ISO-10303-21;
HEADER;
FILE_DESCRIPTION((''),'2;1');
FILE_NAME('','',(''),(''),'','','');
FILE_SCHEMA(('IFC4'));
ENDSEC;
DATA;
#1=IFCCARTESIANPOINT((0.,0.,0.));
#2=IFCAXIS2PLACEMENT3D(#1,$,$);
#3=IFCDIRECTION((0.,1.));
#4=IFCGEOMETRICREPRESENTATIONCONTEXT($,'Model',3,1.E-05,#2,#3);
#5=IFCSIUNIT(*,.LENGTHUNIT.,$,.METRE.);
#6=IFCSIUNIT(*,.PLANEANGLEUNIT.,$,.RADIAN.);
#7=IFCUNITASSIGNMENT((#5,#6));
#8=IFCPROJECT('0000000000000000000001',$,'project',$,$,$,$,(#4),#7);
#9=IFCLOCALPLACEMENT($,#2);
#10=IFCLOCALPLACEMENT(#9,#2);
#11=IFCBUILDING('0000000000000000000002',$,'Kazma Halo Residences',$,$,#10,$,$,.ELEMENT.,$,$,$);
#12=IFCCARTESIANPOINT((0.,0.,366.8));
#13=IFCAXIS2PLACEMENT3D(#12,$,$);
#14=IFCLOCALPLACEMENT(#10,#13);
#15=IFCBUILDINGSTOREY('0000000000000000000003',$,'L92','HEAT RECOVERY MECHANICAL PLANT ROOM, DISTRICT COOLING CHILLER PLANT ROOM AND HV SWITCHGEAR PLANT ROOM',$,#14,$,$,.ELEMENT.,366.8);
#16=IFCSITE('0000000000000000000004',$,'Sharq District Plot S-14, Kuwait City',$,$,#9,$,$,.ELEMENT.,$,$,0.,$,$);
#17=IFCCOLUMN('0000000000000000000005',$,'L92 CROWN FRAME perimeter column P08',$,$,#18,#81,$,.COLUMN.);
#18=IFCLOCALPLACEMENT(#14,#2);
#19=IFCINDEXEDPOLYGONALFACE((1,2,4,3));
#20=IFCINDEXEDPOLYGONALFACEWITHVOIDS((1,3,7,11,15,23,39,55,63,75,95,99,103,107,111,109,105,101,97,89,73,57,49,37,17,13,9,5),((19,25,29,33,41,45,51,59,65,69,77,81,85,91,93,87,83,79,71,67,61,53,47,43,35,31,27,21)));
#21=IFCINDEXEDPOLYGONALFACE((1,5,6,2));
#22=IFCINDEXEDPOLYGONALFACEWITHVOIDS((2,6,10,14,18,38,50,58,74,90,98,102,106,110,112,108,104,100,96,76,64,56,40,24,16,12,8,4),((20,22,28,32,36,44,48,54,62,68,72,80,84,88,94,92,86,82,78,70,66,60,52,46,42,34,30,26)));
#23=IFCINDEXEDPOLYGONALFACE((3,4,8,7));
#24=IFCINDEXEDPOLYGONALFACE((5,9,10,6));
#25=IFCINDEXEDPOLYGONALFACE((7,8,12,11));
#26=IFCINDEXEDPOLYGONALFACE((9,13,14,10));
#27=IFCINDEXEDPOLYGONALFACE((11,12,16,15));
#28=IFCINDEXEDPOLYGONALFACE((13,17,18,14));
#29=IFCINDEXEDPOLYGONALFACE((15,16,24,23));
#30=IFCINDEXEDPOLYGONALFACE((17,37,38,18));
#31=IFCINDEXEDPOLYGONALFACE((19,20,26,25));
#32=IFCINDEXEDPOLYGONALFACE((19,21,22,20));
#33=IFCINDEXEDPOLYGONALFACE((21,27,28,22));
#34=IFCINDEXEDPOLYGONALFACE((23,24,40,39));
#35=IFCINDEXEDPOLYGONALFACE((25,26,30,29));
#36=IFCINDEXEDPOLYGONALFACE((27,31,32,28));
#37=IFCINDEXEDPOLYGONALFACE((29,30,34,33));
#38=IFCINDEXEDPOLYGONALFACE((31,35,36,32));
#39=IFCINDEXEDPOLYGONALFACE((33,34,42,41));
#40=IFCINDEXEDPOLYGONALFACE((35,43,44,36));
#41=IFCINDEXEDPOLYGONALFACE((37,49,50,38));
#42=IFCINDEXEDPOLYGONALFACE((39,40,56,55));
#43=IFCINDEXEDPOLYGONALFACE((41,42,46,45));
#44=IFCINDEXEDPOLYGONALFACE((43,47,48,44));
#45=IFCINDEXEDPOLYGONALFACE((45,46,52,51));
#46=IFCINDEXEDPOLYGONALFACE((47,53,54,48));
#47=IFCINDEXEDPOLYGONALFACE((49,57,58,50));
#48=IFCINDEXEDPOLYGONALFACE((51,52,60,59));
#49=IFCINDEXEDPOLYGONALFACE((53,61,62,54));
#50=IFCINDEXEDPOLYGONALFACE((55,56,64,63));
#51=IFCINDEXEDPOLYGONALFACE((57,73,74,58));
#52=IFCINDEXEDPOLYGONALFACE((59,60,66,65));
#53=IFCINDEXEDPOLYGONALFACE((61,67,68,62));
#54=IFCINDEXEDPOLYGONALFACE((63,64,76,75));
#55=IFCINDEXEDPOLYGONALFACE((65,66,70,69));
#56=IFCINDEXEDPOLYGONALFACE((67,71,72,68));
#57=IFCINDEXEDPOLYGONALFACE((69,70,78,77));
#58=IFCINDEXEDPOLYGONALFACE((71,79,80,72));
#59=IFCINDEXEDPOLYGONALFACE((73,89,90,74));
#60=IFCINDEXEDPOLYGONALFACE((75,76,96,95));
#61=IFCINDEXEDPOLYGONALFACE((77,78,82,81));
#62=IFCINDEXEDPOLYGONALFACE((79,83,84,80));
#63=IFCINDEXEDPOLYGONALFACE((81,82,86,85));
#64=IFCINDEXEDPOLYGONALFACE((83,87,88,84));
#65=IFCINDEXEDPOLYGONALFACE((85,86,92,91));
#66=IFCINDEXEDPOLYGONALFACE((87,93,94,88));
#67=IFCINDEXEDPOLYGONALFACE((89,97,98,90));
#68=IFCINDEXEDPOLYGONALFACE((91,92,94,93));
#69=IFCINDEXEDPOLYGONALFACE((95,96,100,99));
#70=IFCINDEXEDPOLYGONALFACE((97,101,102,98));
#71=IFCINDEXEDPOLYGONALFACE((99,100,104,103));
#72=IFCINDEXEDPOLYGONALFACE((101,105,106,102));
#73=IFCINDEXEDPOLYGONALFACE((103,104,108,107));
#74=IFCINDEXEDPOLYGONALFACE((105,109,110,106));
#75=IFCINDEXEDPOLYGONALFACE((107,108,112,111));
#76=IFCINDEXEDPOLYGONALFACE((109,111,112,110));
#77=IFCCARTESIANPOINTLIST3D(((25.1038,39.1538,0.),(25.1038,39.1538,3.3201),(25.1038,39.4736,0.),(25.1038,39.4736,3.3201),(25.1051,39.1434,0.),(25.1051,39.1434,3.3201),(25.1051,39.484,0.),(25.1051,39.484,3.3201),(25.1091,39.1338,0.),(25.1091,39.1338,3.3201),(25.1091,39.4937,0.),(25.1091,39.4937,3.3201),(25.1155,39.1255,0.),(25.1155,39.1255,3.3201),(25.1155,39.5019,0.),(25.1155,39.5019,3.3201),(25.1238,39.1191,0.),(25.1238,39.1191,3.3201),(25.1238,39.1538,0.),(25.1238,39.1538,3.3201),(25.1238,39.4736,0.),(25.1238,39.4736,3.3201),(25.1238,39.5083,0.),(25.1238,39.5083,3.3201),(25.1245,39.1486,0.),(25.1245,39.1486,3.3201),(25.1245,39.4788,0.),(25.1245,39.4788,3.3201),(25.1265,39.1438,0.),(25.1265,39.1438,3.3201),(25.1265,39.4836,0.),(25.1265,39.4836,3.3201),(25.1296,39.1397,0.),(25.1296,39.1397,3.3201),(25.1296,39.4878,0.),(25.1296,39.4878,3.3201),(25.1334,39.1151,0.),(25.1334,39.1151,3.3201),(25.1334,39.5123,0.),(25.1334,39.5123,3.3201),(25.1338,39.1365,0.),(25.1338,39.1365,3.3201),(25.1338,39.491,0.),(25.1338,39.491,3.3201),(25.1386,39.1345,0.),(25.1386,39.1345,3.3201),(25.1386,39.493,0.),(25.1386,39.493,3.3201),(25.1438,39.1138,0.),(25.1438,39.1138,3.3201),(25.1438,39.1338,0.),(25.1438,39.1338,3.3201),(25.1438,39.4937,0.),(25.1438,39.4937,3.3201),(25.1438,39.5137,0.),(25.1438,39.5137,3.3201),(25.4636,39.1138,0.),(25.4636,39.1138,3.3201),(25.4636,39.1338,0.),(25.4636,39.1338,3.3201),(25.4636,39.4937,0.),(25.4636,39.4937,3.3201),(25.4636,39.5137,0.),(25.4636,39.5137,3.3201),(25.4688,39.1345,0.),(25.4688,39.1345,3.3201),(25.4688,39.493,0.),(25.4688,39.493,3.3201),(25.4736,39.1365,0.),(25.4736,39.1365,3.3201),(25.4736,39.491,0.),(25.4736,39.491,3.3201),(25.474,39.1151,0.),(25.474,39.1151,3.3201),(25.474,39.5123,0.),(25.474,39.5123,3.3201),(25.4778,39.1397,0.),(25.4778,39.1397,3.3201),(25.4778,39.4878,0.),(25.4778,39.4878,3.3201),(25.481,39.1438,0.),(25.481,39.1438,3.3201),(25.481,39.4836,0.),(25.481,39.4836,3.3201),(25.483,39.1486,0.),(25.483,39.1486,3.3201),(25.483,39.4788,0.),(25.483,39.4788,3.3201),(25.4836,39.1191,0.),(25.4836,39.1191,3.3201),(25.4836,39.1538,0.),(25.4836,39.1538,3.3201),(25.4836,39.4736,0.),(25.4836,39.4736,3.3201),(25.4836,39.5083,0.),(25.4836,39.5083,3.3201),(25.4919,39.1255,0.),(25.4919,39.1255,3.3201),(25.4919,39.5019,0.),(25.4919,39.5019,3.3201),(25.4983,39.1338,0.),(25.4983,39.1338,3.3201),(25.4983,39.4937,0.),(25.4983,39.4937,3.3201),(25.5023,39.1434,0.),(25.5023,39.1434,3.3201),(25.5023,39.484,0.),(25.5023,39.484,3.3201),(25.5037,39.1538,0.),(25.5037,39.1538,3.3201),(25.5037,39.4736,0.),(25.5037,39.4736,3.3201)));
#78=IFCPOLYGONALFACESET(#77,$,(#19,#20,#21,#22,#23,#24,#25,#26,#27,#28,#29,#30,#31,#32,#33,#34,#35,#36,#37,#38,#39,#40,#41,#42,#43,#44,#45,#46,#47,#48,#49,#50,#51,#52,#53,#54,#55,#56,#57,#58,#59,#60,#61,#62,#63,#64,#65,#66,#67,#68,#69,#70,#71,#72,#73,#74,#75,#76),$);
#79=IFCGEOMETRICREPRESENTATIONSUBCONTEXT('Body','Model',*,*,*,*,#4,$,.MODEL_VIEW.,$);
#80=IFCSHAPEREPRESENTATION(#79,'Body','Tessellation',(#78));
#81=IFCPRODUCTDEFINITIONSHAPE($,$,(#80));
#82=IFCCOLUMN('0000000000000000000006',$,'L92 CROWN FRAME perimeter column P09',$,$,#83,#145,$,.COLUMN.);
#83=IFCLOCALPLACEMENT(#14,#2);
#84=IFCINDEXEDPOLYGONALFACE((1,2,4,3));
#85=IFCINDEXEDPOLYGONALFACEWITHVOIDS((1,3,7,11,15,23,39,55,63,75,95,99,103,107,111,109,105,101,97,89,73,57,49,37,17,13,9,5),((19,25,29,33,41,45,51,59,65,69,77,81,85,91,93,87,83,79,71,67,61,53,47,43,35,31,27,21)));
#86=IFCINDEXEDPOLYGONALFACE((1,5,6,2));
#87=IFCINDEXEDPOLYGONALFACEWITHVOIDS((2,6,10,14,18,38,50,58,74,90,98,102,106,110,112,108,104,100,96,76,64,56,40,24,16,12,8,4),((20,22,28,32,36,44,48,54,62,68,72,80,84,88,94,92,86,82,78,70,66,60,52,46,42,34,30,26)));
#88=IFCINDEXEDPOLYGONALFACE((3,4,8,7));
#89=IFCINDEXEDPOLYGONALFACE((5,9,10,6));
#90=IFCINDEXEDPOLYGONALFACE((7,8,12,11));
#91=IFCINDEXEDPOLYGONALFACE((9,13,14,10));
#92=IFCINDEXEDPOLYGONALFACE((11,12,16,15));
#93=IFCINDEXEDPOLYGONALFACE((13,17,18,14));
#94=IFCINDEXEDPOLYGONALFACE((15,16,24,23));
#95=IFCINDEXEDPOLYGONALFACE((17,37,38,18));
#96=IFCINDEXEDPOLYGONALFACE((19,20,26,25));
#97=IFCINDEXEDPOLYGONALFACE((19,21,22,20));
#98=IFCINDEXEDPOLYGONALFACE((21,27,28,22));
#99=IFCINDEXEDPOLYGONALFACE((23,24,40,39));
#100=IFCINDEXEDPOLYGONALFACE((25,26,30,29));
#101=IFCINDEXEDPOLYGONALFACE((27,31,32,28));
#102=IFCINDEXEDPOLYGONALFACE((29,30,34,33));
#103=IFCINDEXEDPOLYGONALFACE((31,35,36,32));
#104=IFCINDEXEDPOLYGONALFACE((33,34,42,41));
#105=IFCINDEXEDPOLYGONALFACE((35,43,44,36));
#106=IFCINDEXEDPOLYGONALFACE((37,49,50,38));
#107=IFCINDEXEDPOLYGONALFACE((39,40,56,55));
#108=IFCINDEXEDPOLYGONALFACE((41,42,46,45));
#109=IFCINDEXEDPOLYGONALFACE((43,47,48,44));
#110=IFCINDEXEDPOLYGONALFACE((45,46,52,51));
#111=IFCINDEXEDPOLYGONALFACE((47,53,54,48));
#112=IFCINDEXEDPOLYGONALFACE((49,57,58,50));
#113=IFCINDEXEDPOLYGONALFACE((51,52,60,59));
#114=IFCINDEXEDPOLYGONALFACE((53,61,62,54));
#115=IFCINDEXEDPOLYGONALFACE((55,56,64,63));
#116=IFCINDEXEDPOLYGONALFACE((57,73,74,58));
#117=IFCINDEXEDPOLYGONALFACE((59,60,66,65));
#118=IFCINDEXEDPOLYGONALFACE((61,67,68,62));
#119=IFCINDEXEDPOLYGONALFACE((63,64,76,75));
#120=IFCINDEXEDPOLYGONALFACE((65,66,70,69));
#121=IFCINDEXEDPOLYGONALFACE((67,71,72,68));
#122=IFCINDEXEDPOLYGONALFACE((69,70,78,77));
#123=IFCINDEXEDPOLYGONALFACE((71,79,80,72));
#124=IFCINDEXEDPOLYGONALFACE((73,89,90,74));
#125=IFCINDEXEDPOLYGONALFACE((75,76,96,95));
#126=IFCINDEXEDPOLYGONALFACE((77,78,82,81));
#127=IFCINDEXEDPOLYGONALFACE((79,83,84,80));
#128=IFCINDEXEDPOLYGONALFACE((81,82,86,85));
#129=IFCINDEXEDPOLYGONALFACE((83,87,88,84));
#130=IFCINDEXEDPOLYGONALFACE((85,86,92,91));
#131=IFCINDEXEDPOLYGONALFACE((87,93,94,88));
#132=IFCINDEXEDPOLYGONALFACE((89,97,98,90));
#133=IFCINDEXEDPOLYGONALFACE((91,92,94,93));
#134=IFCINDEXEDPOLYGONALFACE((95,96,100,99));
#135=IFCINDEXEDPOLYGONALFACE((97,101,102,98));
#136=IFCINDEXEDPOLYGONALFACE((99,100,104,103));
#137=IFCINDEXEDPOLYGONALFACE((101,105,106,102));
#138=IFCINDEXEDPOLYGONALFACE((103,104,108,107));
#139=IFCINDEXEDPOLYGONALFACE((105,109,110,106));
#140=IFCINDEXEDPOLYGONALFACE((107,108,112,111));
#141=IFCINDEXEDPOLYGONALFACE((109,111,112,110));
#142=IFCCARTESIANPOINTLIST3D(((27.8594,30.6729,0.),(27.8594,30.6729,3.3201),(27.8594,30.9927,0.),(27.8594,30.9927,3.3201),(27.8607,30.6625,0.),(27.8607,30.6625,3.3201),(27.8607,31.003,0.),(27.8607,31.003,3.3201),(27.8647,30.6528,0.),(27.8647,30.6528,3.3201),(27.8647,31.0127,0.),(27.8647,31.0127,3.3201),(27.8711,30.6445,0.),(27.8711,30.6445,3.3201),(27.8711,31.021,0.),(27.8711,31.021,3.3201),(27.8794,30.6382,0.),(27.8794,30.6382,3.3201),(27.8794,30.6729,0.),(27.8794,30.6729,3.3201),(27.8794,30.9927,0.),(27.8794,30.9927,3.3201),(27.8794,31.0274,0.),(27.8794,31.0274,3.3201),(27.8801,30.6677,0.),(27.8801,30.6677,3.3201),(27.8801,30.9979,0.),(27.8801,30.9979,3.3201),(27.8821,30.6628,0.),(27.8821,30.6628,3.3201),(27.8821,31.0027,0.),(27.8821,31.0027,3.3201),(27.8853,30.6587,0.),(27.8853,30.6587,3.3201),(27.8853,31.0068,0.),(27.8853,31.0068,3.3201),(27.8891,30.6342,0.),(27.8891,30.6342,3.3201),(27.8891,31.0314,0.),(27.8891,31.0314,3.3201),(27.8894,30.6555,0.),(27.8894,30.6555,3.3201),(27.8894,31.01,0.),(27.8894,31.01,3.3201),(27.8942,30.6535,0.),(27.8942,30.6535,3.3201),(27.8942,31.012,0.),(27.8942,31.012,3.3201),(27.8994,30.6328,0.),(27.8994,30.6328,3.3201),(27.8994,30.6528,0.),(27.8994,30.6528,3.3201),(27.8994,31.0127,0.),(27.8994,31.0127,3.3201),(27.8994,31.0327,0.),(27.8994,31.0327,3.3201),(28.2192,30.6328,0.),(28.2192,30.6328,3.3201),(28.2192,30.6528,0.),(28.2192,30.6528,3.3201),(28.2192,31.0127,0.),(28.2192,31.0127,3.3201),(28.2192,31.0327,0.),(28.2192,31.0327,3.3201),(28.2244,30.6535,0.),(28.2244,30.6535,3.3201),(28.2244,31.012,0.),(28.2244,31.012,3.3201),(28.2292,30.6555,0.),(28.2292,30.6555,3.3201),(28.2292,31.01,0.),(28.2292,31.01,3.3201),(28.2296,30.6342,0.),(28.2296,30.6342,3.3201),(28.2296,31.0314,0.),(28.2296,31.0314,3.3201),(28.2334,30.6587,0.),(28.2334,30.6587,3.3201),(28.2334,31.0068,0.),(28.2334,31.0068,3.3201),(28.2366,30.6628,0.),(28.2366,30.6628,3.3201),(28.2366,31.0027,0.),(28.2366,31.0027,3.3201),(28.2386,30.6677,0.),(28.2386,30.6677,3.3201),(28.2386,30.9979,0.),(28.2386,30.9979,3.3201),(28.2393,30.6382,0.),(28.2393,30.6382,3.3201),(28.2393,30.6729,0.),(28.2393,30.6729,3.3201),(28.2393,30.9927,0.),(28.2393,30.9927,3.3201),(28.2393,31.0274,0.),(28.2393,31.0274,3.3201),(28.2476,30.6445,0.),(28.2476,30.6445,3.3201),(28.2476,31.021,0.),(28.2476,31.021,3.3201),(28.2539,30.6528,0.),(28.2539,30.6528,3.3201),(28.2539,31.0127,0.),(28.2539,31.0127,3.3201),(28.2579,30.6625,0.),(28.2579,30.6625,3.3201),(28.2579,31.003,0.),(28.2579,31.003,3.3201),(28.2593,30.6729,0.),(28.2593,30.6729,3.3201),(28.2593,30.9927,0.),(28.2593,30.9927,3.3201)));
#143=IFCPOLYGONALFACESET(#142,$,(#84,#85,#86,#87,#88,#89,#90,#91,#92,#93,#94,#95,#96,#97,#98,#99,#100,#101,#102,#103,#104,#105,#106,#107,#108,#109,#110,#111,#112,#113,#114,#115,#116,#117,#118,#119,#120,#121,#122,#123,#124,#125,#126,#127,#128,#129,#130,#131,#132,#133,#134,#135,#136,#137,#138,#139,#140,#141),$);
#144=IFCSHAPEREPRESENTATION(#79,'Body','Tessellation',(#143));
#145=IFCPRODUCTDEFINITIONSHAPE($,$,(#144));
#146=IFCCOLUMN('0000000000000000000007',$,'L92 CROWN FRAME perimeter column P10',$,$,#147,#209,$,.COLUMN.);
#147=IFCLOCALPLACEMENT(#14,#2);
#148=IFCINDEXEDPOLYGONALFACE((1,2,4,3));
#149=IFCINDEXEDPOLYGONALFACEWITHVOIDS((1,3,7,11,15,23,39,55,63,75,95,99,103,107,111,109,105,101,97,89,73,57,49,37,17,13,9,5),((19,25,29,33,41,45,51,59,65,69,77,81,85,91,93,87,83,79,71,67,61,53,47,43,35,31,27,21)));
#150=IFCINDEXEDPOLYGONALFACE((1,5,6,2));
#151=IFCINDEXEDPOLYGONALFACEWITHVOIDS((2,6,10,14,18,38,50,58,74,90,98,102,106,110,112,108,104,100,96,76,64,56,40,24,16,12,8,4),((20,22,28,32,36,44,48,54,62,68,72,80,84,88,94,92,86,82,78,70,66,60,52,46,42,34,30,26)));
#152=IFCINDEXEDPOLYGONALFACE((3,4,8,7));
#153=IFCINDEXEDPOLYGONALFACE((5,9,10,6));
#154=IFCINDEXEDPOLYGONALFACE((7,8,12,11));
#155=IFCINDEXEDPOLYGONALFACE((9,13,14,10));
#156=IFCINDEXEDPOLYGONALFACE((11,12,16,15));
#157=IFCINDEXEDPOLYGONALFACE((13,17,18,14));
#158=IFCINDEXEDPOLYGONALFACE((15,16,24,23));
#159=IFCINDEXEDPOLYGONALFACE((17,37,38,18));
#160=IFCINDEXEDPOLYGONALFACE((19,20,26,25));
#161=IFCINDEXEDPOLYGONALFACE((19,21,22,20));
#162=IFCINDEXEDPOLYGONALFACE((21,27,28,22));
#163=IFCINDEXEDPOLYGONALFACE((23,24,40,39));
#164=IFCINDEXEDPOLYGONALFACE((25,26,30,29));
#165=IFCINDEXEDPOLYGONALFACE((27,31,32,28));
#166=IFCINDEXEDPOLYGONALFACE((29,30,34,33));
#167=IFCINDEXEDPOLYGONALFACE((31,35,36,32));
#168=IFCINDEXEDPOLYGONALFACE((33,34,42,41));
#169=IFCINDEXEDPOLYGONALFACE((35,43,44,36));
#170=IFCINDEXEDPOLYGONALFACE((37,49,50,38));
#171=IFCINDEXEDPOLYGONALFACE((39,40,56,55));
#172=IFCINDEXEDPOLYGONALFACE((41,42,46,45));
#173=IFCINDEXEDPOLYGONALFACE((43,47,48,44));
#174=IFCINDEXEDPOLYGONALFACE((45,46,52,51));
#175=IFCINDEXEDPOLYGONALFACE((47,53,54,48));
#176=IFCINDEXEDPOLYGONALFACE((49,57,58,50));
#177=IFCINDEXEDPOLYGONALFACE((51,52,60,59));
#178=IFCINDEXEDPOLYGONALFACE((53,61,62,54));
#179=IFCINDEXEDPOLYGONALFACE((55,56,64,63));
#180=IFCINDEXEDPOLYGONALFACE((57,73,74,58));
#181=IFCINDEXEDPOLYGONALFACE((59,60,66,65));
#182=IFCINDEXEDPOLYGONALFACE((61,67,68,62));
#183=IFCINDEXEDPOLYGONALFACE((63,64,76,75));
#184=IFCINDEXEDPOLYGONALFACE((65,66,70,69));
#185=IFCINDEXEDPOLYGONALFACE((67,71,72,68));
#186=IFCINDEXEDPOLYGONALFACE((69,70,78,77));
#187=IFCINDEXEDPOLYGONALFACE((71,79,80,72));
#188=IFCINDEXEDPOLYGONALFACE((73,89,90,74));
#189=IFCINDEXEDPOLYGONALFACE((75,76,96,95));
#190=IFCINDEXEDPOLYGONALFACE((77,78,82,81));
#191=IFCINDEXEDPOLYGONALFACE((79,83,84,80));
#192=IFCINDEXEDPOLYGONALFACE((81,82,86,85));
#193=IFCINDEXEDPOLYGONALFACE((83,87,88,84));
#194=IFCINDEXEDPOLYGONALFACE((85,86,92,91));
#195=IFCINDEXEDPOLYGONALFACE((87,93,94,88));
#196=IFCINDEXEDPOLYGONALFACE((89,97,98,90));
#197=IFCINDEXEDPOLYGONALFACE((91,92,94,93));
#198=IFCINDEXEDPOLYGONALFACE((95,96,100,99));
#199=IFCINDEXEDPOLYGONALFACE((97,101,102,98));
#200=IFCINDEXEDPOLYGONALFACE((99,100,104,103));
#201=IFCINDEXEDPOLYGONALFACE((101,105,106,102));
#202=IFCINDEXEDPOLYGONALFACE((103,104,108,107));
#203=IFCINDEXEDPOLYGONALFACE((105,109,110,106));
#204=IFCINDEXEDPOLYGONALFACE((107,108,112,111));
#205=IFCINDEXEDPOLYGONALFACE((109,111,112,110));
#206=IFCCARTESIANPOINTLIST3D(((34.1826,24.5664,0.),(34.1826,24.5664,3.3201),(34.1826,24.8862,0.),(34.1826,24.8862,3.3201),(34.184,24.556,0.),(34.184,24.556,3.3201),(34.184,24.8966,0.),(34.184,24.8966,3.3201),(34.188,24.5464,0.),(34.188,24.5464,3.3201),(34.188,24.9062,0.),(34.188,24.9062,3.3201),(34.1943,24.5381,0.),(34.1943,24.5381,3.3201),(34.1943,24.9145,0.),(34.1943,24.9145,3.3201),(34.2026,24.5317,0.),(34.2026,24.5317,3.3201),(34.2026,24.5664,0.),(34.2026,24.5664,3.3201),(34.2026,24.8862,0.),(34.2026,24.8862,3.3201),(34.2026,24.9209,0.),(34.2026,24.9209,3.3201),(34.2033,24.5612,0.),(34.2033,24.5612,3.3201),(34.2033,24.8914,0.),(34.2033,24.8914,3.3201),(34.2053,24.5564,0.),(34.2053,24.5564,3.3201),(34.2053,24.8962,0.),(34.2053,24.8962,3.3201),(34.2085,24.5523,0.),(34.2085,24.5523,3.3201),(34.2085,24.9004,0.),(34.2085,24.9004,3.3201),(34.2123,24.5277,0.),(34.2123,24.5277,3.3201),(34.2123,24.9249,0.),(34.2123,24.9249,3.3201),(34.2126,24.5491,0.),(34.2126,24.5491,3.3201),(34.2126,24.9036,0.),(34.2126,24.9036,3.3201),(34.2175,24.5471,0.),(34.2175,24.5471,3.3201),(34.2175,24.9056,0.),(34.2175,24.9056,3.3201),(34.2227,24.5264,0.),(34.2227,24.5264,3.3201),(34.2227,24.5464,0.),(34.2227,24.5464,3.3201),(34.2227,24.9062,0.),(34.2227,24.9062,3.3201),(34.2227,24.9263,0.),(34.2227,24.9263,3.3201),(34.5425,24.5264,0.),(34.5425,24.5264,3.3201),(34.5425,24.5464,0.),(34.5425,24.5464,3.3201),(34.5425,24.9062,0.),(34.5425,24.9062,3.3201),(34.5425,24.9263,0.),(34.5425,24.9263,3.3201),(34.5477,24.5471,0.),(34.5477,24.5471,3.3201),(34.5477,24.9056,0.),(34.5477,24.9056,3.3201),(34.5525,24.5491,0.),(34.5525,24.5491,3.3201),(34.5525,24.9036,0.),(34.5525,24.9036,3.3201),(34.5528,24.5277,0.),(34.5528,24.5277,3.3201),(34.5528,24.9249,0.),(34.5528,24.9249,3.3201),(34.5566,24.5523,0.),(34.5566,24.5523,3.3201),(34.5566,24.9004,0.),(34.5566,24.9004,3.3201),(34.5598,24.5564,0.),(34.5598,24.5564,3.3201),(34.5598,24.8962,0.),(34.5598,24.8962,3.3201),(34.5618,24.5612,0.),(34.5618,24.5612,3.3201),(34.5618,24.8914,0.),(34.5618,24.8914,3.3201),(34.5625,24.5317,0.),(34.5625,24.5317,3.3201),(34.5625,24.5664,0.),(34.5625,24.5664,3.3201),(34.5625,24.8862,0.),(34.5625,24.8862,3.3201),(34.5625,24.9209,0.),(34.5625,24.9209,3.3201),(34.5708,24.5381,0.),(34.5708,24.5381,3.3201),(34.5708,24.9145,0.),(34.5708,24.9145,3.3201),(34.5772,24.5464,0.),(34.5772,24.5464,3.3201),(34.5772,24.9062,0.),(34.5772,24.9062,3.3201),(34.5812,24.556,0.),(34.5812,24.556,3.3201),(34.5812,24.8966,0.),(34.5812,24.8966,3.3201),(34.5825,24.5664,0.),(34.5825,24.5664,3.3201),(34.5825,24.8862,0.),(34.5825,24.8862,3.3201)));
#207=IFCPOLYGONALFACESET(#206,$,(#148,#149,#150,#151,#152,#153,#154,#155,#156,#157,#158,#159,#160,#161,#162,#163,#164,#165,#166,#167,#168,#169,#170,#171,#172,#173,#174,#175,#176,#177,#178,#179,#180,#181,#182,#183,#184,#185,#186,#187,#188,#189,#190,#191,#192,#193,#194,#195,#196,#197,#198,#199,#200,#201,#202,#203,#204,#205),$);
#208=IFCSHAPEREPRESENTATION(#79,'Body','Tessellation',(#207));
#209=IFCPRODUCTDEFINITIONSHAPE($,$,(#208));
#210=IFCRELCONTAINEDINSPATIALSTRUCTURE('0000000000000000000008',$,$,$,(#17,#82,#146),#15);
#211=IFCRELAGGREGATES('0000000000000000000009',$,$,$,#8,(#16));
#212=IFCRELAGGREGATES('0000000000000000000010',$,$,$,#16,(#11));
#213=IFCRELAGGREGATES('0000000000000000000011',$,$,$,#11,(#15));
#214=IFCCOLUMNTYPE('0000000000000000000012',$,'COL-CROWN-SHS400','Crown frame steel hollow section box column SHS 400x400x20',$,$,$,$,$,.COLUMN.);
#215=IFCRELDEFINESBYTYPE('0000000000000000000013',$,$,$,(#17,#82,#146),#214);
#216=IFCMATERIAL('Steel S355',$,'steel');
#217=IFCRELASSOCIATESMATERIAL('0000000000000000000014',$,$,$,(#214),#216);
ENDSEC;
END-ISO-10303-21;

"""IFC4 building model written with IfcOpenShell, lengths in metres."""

from ifc_helpers import new_model, si_unit, direction, frame, origin, origin_2d, place, context, subcontext, project, spatial, hollow_rectangle, extrude, material, material_profile, profile_set, type_object, element, save


model = new_model("IFC4")

# Units and contexts
model_context = context("Model", 3, precision=1e-05, world=origin(), true_north=direction((0.0, 1.0)))
body_context = subcontext(model_context, "Body", "Model", "MODEL_VIEW")
ifc_project = project(units=[si_unit("LENGTHUNIT", "METRE"), si_unit("PLANEANGLEUNIT", "RADIAN")], contexts=[model_context])

# Site, building, storey
site_placement = place(None, origin())
site = spatial("IfcSite", under=ifc_project, at=site_placement, Name="Sharq District Plot S-14, Kuwait City", CompositionType="ELEMENT", RefElevation=0.0)
building_placement = place(site_placement, origin())
building = spatial("IfcBuilding", under=site, at=building_placement, Name="Kazma Halo Residences", CompositionType="ELEMENT")
storey_placement = place(building_placement, frame((0.0, 0.0, 366.8)))
storey = spatial("IfcBuildingStorey", under=building, at=storey_placement, Name="L92", Description="HEAT RECOVERY MECHANICAL PLANT ROOM, DISTRICT COOLING CHILLER PLANT ROOM AND HV SWITCHGEAR PLANT ROOM", CompositionType="ELEMENT", Elevation=366.8)

# Columns
ifc_material_1 = material(Name="Steel S355", Category="steel")
ifc_material_profile_1 = material_profile(ifc_material_1, hollow_rectangle(XDim=0.3999, YDim=0.3999, WallThickness=0.02, InnerFilletRadius=0.02, OuterFilletRadius=0.04, at=origin_2d()), Name="SHS400x400x20")
ifc_profile_set_1 = profile_set([ifc_material_profile_1], Name="Steel S355")
column_type = type_object("IfcColumnType", Name="COL-CROWN-SHS400", Description="Crown frame steel hollow section box column SHS 400x400x20", PredefinedType="COLUMN", material=ifc_profile_set_1)
for number, where, z_axis, x_axis, name in (
    (1, (25.3037, 39.3137, 0.0), (0.0, 0.0, 1.0), (1.0, 0.0, 0.0), "L92 CROWN FRAME perimeter column P08"),
    (2, (28.0593, 30.8328, 0.0), (0.0, 0.0, 1.0), (1.0, 0.0, 0.0), "L92 CROWN FRAME perimeter column P09"),
    (3, (34.3826, 24.7263, 0.0), (0.0, 0.0, 1.0), (1.0, 0.0, 0.0), "L92 CROWN FRAME perimeter column P10"),
):
    element("IfcColumn", number, at=place(storey_placement, frame(where, z_axis=z_axis, x_axis=x_axis)), inside=storey, type_object=column_type, Name=name, PredefinedType="COLUMN", context=body_context, shape_type="SweptSolid", body=[
        extrude(hollow_rectangle(XDim=0.3999, YDim=0.3999, WallThickness=0.02, InnerFilletRadius=0.02, OuterFilletRadius=0.04, at=origin_2d()), origin(), (0.0, 0.0, 1.0), 3.3201),
    ])

save(model, "model.ifc")
